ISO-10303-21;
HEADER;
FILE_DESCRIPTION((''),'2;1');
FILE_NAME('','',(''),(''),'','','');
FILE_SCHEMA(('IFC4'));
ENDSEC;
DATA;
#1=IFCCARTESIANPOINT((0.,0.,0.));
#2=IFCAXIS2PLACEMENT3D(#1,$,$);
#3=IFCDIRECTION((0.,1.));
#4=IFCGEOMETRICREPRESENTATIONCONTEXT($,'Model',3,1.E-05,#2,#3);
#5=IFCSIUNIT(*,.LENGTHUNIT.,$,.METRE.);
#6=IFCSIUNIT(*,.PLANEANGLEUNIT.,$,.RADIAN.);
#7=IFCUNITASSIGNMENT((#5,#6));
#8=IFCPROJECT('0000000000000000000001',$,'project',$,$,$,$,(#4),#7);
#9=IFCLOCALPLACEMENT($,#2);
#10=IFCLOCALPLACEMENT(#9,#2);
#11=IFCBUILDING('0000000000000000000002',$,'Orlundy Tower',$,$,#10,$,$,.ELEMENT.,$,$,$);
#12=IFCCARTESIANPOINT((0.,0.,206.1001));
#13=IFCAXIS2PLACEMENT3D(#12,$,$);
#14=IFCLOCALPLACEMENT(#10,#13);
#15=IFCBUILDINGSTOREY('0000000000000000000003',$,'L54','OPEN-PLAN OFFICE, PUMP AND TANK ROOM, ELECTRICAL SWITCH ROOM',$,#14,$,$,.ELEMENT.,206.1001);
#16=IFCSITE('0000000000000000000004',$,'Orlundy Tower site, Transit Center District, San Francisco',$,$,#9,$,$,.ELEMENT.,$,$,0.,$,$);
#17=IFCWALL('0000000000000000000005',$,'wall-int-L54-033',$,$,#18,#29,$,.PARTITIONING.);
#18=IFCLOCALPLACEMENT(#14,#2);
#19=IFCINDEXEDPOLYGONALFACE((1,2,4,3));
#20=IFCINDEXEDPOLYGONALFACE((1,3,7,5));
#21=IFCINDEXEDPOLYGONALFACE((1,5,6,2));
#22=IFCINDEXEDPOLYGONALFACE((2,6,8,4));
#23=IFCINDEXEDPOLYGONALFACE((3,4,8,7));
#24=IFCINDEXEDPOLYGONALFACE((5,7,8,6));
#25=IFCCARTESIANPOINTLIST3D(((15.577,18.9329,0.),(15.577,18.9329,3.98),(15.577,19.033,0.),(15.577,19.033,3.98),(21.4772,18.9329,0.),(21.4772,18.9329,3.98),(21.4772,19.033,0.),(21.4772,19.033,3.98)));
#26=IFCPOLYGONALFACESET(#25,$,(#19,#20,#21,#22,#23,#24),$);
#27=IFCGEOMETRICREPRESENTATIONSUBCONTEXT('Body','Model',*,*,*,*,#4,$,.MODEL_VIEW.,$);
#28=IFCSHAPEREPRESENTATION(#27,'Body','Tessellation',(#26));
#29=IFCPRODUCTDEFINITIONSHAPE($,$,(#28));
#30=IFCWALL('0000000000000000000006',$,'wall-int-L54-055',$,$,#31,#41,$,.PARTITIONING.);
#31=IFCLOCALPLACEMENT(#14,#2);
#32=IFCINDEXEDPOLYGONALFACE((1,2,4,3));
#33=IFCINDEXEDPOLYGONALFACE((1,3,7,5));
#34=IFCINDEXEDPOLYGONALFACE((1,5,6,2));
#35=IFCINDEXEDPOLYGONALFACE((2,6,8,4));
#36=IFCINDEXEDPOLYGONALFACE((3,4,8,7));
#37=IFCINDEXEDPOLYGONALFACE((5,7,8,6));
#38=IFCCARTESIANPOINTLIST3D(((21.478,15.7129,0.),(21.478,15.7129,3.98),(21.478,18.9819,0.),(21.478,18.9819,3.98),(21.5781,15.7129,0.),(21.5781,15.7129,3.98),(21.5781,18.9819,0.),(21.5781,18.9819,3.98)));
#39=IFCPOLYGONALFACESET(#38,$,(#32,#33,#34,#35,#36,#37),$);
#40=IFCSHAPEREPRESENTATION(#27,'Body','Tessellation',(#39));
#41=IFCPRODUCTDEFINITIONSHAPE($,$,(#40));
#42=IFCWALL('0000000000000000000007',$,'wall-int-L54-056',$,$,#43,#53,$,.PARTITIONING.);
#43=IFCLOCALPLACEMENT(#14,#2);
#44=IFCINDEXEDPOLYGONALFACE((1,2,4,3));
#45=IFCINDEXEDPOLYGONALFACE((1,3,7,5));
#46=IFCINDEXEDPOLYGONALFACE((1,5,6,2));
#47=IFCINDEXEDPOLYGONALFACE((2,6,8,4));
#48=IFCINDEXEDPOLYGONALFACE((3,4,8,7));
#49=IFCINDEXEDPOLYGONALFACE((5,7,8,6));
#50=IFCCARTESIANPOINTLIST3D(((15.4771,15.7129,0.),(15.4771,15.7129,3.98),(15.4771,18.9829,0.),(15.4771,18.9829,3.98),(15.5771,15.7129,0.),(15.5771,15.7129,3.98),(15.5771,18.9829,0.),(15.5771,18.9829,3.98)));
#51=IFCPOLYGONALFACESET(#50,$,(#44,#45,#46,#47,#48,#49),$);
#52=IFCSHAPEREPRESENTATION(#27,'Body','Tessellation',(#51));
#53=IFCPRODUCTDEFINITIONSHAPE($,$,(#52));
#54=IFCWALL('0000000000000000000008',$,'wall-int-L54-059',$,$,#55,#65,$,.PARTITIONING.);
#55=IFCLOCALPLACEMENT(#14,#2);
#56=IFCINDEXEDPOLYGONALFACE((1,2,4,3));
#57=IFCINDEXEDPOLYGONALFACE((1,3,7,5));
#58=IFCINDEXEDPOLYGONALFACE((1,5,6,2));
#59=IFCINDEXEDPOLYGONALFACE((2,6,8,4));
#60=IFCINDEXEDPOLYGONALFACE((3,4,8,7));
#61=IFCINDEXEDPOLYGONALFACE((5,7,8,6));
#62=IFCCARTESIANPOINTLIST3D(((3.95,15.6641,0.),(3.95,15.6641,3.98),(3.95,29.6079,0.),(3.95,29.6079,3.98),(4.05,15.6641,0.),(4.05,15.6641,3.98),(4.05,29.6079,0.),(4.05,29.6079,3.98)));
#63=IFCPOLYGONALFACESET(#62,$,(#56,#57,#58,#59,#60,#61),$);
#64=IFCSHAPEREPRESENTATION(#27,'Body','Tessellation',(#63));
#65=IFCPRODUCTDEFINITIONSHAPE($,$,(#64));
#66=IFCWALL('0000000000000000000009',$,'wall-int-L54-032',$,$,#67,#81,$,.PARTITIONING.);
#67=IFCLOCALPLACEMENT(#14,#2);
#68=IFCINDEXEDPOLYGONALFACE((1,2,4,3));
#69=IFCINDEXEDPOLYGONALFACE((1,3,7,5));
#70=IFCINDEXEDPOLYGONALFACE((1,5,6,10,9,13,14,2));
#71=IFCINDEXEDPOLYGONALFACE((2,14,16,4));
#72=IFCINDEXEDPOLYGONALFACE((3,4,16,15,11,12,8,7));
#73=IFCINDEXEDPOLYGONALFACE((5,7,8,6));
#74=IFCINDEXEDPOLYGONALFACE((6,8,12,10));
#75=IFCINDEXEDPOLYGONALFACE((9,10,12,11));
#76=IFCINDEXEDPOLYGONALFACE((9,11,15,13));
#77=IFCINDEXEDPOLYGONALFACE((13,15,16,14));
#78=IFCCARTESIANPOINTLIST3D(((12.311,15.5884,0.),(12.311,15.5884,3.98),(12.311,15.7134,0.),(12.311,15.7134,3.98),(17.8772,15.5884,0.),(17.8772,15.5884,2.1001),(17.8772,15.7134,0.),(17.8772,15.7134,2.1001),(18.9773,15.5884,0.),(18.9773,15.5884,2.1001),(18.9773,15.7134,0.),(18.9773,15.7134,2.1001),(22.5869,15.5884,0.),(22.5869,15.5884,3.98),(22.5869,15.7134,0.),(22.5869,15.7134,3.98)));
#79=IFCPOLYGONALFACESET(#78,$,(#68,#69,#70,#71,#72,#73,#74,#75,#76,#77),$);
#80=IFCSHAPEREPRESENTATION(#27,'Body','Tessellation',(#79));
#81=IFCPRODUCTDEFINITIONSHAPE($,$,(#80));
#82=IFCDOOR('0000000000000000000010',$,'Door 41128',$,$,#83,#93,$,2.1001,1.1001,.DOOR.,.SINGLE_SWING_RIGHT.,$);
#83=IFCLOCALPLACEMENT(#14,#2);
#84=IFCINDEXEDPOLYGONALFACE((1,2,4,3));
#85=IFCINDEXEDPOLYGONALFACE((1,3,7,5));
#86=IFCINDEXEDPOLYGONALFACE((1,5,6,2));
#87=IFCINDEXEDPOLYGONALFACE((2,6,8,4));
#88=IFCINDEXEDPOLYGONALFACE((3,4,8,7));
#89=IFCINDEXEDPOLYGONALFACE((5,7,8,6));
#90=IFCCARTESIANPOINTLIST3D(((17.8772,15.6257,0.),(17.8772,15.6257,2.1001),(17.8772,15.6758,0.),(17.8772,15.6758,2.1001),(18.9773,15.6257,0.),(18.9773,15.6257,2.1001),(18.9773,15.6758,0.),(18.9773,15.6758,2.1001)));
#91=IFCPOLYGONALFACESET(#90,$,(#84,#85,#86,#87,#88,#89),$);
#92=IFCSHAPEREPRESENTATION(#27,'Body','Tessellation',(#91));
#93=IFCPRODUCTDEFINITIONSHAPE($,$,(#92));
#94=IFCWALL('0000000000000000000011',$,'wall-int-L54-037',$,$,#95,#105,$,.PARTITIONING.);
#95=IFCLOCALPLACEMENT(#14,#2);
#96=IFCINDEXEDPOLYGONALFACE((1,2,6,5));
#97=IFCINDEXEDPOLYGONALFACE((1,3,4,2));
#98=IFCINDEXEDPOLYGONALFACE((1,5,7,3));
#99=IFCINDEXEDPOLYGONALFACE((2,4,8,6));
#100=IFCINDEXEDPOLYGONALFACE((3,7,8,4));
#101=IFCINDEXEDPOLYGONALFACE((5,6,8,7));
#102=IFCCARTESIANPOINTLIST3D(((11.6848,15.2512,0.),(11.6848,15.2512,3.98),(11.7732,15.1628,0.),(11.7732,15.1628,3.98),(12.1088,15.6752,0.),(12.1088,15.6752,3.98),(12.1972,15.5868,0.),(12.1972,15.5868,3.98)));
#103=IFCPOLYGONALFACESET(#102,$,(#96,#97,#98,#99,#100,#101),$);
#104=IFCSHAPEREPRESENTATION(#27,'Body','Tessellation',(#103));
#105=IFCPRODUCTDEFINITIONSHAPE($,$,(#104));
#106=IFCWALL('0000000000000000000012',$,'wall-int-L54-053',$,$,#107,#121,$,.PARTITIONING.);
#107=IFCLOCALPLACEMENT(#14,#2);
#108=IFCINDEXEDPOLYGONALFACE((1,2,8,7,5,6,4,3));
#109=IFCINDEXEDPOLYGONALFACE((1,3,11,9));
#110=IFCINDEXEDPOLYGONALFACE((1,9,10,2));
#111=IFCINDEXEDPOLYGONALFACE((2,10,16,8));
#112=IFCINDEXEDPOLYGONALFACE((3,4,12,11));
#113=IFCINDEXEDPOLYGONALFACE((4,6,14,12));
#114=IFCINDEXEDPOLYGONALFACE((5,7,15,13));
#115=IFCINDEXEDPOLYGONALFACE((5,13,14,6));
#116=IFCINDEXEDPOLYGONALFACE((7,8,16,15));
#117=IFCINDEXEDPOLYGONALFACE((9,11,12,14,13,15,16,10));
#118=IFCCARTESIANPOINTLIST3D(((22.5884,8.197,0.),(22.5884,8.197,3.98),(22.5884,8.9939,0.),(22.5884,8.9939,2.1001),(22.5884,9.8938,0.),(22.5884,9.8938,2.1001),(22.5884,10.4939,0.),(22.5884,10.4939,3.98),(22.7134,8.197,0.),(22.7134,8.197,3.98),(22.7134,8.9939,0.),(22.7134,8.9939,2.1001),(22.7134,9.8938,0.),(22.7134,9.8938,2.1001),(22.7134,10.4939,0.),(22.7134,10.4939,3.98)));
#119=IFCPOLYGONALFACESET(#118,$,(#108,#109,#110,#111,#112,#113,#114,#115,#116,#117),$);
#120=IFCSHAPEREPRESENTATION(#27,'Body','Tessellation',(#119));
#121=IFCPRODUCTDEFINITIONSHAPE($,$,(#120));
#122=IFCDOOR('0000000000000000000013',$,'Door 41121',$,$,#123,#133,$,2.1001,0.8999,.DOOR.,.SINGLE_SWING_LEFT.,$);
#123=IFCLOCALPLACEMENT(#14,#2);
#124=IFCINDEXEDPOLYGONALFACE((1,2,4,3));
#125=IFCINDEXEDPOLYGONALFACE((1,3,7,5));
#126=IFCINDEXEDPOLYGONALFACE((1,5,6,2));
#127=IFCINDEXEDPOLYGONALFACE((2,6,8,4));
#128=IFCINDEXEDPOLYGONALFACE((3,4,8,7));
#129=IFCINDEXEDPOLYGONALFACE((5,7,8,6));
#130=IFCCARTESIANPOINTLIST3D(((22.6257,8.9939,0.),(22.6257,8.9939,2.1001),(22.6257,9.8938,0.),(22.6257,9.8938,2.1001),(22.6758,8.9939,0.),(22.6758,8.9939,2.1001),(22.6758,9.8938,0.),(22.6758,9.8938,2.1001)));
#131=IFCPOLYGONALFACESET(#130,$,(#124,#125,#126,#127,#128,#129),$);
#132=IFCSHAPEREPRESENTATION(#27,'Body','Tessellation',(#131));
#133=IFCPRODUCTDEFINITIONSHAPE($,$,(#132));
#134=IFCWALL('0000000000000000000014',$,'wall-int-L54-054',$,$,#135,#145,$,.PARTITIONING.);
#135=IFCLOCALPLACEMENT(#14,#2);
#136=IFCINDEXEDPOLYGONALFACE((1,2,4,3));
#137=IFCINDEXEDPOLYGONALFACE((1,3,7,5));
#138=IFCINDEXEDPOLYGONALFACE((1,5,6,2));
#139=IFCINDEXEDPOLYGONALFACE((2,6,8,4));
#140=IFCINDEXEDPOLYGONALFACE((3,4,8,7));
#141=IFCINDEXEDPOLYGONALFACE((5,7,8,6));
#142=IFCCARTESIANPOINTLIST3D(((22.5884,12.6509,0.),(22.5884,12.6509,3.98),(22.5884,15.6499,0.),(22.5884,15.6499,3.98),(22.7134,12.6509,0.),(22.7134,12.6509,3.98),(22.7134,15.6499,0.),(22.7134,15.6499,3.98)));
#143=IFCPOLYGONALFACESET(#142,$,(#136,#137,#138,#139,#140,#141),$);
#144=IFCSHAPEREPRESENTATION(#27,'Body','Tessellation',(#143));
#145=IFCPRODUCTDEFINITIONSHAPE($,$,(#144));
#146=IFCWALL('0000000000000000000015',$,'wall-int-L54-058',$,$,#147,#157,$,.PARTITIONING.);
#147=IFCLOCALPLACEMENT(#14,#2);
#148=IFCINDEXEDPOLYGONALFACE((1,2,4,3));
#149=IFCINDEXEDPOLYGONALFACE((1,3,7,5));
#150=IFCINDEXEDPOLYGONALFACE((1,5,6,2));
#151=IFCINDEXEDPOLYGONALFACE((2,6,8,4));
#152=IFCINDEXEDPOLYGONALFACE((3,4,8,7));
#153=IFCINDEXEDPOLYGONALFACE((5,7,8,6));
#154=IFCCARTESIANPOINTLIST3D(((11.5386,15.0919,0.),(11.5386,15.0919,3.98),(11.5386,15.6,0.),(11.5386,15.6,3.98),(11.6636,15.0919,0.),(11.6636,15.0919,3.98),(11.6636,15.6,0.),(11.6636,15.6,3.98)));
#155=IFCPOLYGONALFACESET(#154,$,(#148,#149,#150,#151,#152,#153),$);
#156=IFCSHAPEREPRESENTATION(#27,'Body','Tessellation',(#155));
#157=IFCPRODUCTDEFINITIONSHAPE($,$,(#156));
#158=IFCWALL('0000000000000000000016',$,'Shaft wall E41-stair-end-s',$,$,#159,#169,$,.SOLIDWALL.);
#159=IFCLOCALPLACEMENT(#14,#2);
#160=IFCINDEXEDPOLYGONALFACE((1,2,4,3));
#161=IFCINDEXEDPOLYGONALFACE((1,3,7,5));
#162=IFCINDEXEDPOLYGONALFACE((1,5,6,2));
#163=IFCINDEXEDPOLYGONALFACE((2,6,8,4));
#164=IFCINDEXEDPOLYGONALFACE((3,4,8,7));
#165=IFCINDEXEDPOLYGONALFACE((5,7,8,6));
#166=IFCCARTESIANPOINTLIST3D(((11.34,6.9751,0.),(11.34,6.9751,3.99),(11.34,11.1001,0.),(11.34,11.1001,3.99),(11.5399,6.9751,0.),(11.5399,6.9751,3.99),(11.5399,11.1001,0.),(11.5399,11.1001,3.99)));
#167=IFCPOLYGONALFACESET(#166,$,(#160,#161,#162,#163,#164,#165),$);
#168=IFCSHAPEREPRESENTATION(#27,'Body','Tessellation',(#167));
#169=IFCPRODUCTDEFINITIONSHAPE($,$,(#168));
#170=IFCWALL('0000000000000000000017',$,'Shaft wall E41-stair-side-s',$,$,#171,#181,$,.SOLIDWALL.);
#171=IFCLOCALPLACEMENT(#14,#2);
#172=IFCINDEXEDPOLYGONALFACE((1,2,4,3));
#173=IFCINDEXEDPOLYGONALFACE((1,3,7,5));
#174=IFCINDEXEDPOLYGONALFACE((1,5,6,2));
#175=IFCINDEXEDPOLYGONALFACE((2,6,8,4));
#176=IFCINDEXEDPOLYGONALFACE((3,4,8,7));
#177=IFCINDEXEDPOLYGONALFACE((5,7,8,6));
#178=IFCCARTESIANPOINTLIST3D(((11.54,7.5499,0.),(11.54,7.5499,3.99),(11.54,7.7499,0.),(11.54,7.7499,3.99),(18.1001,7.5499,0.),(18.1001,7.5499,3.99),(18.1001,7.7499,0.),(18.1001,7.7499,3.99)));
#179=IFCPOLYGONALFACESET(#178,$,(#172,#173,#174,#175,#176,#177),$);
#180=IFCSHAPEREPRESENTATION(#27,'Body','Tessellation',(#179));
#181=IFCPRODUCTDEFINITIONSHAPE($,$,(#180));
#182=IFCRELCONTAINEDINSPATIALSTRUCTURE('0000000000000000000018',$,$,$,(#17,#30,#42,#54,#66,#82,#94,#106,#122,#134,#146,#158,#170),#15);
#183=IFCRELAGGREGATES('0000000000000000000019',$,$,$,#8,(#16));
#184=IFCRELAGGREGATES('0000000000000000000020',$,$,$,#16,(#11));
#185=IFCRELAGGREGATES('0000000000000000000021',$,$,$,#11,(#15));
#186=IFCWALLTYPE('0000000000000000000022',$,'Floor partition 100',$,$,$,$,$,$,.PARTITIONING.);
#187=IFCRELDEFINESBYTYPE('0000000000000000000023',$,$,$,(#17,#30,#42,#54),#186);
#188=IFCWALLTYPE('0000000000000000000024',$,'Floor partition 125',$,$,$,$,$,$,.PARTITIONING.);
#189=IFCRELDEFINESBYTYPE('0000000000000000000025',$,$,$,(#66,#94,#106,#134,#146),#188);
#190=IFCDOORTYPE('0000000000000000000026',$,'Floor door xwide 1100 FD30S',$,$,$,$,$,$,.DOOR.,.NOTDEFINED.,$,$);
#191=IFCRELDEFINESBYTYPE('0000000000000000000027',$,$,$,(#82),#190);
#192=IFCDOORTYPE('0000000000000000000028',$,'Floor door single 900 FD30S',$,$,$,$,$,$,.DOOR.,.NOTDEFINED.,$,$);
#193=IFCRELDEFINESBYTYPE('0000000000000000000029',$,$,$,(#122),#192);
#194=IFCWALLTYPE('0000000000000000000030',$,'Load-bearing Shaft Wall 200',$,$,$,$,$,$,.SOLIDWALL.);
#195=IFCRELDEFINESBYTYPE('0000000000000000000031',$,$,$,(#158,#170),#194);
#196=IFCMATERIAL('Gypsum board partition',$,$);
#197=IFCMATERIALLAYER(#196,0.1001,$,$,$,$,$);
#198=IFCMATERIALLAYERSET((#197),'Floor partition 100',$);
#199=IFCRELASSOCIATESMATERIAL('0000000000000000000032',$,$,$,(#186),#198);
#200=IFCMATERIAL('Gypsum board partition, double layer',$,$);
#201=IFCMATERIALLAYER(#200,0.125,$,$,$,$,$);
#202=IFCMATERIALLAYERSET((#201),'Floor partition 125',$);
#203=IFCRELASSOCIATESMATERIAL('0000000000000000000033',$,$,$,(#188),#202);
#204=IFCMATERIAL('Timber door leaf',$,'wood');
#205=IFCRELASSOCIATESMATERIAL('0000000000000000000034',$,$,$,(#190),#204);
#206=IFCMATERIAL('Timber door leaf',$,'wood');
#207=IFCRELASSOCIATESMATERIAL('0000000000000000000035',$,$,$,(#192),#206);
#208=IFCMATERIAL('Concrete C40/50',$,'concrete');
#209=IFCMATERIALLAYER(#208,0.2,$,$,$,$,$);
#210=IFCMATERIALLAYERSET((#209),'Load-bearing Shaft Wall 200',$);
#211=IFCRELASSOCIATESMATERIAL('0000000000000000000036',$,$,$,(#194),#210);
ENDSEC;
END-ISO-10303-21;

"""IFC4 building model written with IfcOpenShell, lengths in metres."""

from ifc_helpers import new_model, si_unit, direction, frame, frame_2d, origin, place, context, subcontext, project, spatial, rectangle, extrude, material, layer, layer_set, type_object, element, fill, save


model = new_model("IFC4")

# Units and contexts
model_context = context("Model", 3, precision=1e-05, world=origin(), true_north=direction((0.0, 1.0)))
body_context = subcontext(model_context, "Body", "Model", "MODEL_VIEW")
ifc_project = project(units=[si_unit("LENGTHUNIT", "METRE"), si_unit("PLANEANGLEUNIT", "RADIAN")], contexts=[model_context])

# Site, building, storey
site_placement = place(None, origin())
site = spatial("IfcSite", under=ifc_project, at=site_placement, Name="Orlundy Tower site, Transit Center District, San Francisco", CompositionType="ELEMENT", RefElevation=0.0)
building_placement = place(site_placement, origin())
building = spatial("IfcBuilding", under=site, at=building_placement, Name="Orlundy Tower", CompositionType="ELEMENT")
storey_placement = place(building_placement, frame((0.0, 0.0, 206.1001)))
storey = spatial("IfcBuildingStorey", under=building, at=storey_placement, Name="L54", Description="OPEN-PLAN OFFICE, PUMP AND TANK ROOM, ELECTRICAL SWITCH ROOM", CompositionType="ELEMENT", Elevation=206.1001)

# Walls
ifc_material_1 = material(Name="Gypsum board partition")
ifc_layer_1 = layer(ifc_material_1, 0.1001)
ifc_layer_set_1 = layer_set([ifc_layer_1], Name="Floor partition 100")
wall_type_1 = type_object("IfcWallType", Name="Floor partition 100", PredefinedType="PARTITIONING", material=ifc_layer_set_1)
wall_1_placement = place(storey_placement, frame((15.5769, 18.9829, 0.0), z_axis=(0.0, 0.0, 1.0), x_axis=(1.0, 0.0, 0.0)))
element("IfcWall", 1, at=wall_1_placement, inside=storey, type_object=wall_type_1, Name="wall-int-L54-033", PredefinedType="PARTITIONING", context=body_context, shape_type="SweptSolid", body=[
    extrude(rectangle(XDim=5.9001, YDim=0.1001, at=frame_2d((2.9502, 0.0))), origin(), (0.0, 0.0, 1.0), 3.98),
])
wall_2_placement = place(storey_placement, frame((21.5281, 15.7129, 0.0), z_axis=(0.0, 0.0, 1.0), x_axis=(0.0, 1.0, 0.0)))
element("IfcWall", 2, at=wall_2_placement, inside=storey, type_object=wall_type_1, Name="wall-int-L54-055", PredefinedType="PARTITIONING", context=body_context, shape_type="SweptSolid", body=[
    extrude(rectangle(XDim=3.269, YDim=0.1001, at=frame_2d((1.6345, 0.0))), origin(), (0.0, 0.0, 1.0), 3.98),
])
wall_3_placement = place(storey_placement, frame((15.5271, 15.7129, 0.0), z_axis=(0.0, 0.0, 1.0), x_axis=(0.0, 1.0, 0.0)))
element("IfcWall", 3, at=wall_3_placement, inside=storey, type_object=wall_type_1, Name="wall-int-L54-056", PredefinedType="PARTITIONING", context=body_context, shape_type="SweptSolid", body=[
    extrude(rectangle(XDim=3.27, YDim=0.1001, at=frame_2d((1.635, 0.0))), origin(), (0.0, 0.0, 1.0), 3.98),
])
wall_4_placement = place(storey_placement, frame((4.0, 15.6641, 0.0), z_axis=(0.0, 0.0, 1.0), x_axis=(0.0, 1.0, 0.0)))
element("IfcWall", 4, at=wall_4_placement, inside=storey, type_object=wall_type_1, Name="wall-int-L54-059", PredefinedType="PARTITIONING", context=body_context, shape_type="SweptSolid", body=[
    extrude(rectangle(XDim=13.9438, YDim=0.1001, at=frame_2d((6.9719, 0.0))), origin(), (0.0, 0.0, 1.0), 3.98),
])

# Wall, opening, door
ifc_material_2 = material(Name="Gypsum board partition, double layer")
ifc_layer_2 = layer(ifc_material_2, 0.125)
ifc_layer_set_2 = layer_set([ifc_layer_2], Name="Floor partition 125")
wall_type_2 = type_object("IfcWallType", Name="Floor partition 125", PredefinedType="PARTITIONING", material=ifc_layer_set_2)
wall_5_placement = place(storey_placement, frame((12.311, 15.6509, 0.0), z_axis=(0.0, 0.0, 1.0), x_axis=(1.0, 0.0, 0.0)))
wall_5 = element("IfcWall", 5, at=wall_5_placement, inside=storey, type_object=wall_type_2, Name="wall-int-L54-032", PredefinedType="PARTITIONING", context=body_context, shape_type="SweptSolid", body=[
    extrude(rectangle(XDim=10.2759, YDim=0.125, at=frame_2d((5.1379, 0.0))), origin(), (0.0, 0.0, 1.0), 3.98),
])
opening_1_placement = place(wall_5_placement, frame((5.5662, 0.0, 0.0)))
opening_1 = element("IfcOpeningElement", 6, at=opening_1_placement, cuts=wall_5, PredefinedType="OPENING", context=body_context, shape_type="SweptSolid", body=[
    extrude(rectangle(XDim=1.1001, YDim=2.1001, at=frame_2d((0.55, 1.05))), frame((0.0, 0.0725, 0.0), z_axis=(0.0, -1.0, 0.0), x_axis=(1.0, 0.0, 0.0)), (0.0, 0.0, 1.0), 0.145),
])
ifc_material_3 = material(Name="Timber door leaf", Category="wood")
door_type_1 = type_object("IfcDoorType", Name="Floor door xwide 1100 FD30S", OperationType="NOTDEFINED", PredefinedType="DOOR", material=ifc_material_3)
door_1_placement = place(opening_1_placement, origin())
door_1 = element("IfcDoor", 7, at=door_1_placement, inside=storey, type_object=door_type_1, Name="Door 41128", OperationType="SINGLE_SWING_RIGHT", OverallHeight=2.1001, OverallWidth=1.1001, PredefinedType="DOOR", context=body_context, shape_type="SweptSolid", body=[
    extrude(rectangle(XDim=1.1001, YDim=2.1001, at=frame_2d((0.55, 1.05))), frame((0.0, 0.0249, 0.0), z_axis=(0.0, -1.0, 0.0), x_axis=(1.0, 0.0, 0.0)), (0.0, 0.0, 1.0), 0.05),
])
fill(opening_1, door_1)

# Wall
wall_6_placement = place(storey_placement, frame((11.729, 15.207, 0.0), z_axis=(0.0, 0.0, 1.0), x_axis=(0.707107, 0.707107, 0.0)))
element("IfcWall", 8, at=wall_6_placement, inside=storey, type_object=wall_type_2, Name="wall-int-L54-037", PredefinedType="PARTITIONING", context=body_context, shape_type="SweptSolid", body=[
    extrude(rectangle(XDim=0.5996, YDim=0.125, at=frame_2d((0.2998, 0.0))), origin(), (0.0, 0.0, 1.0), 3.98),
])

# Wall, opening, door
wall_7_placement = place(storey_placement, frame((22.6509, 10.4939, 0.0), z_axis=(0.0, 0.0, 1.0), x_axis=(0.0, -1.0, 0.0)))
wall_7 = element("IfcWall", 9, at=wall_7_placement, inside=storey, type_object=wall_type_2, Name="wall-int-L54-053", PredefinedType="PARTITIONING", context=body_context, shape_type="SweptSolid", body=[
    extrude(rectangle(XDim=2.2969, YDim=0.125, at=frame_2d((1.1484, 0.0))), origin(), (0.0, 0.0, 1.0), 3.98),
])
opening_2_placement = place(wall_7_placement, frame((0.6001, 0.0, 0.0)))
opening_2 = element("IfcOpeningElement", 10, at=opening_2_placement, cuts=wall_7, PredefinedType="OPENING", context=body_context, shape_type="SweptSolid", body=[
    extrude(rectangle(XDim=0.8999, YDim=2.1001, at=frame_2d((0.45, 1.05))), frame((0.0, 0.0725, 0.0), z_axis=(0.0, -1.0, 0.0), x_axis=(1.0, 0.0, 0.0)), (0.0, 0.0, 1.0), 0.145),
])
ifc_material_4 = material(Name="Timber door leaf", Category="wood")
door_type_2 = type_object("IfcDoorType", Name="Floor door single 900 FD30S", OperationType="NOTDEFINED", PredefinedType="DOOR", material=ifc_material_4)
door_2_placement = place(opening_2_placement, origin())
door_2 = element("IfcDoor", 11, at=door_2_placement, inside=storey, type_object=door_type_2, Name="Door 41121", OperationType="SINGLE_SWING_LEFT", OverallHeight=2.1001, OverallWidth=0.8999, PredefinedType="DOOR", context=body_context, shape_type="SweptSolid", body=[
    extrude(rectangle(XDim=0.8999, YDim=2.1001, at=frame_2d((0.45, 1.05))), frame((0.0, 0.0249, 0.0), z_axis=(0.0, -1.0, 0.0), x_axis=(1.0, 0.0, 0.0)), (0.0, 0.0, 1.0), 0.05),
])
fill(opening_2, door_2)

# Walls
wall_8_placement = place(storey_placement, frame((22.6509, 12.6509, 0.0), z_axis=(0.0, 0.0, 1.0), x_axis=(0.0, 1.0, 0.0)))
element("IfcWall", 12, at=wall_8_placement, inside=storey, type_object=wall_type_2, Name="wall-int-L54-054", PredefinedType="PARTITIONING", context=body_context, shape_type="SweptSolid", body=[
    extrude(rectangle(XDim=2.999, YDim=0.125, at=frame_2d((1.4995, 0.0))), origin(), (0.0, 0.0, 1.0), 3.98),
])
wall_9_placement = place(storey_placement, frame((11.6011, 15.092, 0.0), z_axis=(0.0, 0.0, 1.0), x_axis=(0.0, 1.0, 0.0)))
element("IfcWall", 13, at=wall_9_placement, inside=storey, type_object=wall_type_2, Name="wall-int-L54-058", PredefinedType="PARTITIONING", context=body_context, shape_type="SweptSolid", body=[
    extrude(rectangle(XDim=0.5081, YDim=0.125, at=frame_2d((0.2539, 0.0))), origin(), (0.0, 0.0, 1.0), 3.98),
])
ifc_material_5 = material(Name="Concrete C40/50", Category="concrete")
ifc_layer_3 = layer(ifc_material_5, 0.2)
ifc_layer_set_3 = layer_set([ifc_layer_3], Name="Load-bearing Shaft Wall 200")
wall_type_3 = type_object("IfcWallType", Name="Load-bearing Shaft Wall 200", PredefinedType="SOLIDWALL", material=ifc_layer_set_3)
wall_10_placement = place(storey_placement, frame((11.4399, 11.1001, 0.0), z_axis=(0.0, 0.0, 1.0), x_axis=(0.0, -1.0, 0.0)))
element("IfcWall", 14, at=wall_10_placement, inside=storey, type_object=wall_type_3, Name="Shaft wall E41-stair-end-s", PredefinedType="SOLIDWALL", context=body_context, shape_type="SweptSolid", body=[
    extrude(rectangle(XDim=4.125, YDim=0.2, at=frame_2d((2.0625, 0.0))), origin(), (0.0, 0.0, 1.0), 3.99),
])
wall_11_placement = place(storey_placement, frame((11.54, 7.6499, 0.0), z_axis=(0.0, 0.0, 1.0), x_axis=(1.0, 0.0, 0.0)))
element("IfcWall", 15, at=wall_11_placement, inside=storey, type_object=wall_type_3, Name="Shaft wall E41-stair-side-s", PredefinedType="SOLIDWALL", context=body_context, shape_type="SweptSolid", body=[
    extrude(rectangle(XDim=6.5601, YDim=0.2, at=frame_2d((3.28, 0.0))), origin(), (0.0, 0.0, 1.0), 3.99),
])

save(model, "model.ifc")
